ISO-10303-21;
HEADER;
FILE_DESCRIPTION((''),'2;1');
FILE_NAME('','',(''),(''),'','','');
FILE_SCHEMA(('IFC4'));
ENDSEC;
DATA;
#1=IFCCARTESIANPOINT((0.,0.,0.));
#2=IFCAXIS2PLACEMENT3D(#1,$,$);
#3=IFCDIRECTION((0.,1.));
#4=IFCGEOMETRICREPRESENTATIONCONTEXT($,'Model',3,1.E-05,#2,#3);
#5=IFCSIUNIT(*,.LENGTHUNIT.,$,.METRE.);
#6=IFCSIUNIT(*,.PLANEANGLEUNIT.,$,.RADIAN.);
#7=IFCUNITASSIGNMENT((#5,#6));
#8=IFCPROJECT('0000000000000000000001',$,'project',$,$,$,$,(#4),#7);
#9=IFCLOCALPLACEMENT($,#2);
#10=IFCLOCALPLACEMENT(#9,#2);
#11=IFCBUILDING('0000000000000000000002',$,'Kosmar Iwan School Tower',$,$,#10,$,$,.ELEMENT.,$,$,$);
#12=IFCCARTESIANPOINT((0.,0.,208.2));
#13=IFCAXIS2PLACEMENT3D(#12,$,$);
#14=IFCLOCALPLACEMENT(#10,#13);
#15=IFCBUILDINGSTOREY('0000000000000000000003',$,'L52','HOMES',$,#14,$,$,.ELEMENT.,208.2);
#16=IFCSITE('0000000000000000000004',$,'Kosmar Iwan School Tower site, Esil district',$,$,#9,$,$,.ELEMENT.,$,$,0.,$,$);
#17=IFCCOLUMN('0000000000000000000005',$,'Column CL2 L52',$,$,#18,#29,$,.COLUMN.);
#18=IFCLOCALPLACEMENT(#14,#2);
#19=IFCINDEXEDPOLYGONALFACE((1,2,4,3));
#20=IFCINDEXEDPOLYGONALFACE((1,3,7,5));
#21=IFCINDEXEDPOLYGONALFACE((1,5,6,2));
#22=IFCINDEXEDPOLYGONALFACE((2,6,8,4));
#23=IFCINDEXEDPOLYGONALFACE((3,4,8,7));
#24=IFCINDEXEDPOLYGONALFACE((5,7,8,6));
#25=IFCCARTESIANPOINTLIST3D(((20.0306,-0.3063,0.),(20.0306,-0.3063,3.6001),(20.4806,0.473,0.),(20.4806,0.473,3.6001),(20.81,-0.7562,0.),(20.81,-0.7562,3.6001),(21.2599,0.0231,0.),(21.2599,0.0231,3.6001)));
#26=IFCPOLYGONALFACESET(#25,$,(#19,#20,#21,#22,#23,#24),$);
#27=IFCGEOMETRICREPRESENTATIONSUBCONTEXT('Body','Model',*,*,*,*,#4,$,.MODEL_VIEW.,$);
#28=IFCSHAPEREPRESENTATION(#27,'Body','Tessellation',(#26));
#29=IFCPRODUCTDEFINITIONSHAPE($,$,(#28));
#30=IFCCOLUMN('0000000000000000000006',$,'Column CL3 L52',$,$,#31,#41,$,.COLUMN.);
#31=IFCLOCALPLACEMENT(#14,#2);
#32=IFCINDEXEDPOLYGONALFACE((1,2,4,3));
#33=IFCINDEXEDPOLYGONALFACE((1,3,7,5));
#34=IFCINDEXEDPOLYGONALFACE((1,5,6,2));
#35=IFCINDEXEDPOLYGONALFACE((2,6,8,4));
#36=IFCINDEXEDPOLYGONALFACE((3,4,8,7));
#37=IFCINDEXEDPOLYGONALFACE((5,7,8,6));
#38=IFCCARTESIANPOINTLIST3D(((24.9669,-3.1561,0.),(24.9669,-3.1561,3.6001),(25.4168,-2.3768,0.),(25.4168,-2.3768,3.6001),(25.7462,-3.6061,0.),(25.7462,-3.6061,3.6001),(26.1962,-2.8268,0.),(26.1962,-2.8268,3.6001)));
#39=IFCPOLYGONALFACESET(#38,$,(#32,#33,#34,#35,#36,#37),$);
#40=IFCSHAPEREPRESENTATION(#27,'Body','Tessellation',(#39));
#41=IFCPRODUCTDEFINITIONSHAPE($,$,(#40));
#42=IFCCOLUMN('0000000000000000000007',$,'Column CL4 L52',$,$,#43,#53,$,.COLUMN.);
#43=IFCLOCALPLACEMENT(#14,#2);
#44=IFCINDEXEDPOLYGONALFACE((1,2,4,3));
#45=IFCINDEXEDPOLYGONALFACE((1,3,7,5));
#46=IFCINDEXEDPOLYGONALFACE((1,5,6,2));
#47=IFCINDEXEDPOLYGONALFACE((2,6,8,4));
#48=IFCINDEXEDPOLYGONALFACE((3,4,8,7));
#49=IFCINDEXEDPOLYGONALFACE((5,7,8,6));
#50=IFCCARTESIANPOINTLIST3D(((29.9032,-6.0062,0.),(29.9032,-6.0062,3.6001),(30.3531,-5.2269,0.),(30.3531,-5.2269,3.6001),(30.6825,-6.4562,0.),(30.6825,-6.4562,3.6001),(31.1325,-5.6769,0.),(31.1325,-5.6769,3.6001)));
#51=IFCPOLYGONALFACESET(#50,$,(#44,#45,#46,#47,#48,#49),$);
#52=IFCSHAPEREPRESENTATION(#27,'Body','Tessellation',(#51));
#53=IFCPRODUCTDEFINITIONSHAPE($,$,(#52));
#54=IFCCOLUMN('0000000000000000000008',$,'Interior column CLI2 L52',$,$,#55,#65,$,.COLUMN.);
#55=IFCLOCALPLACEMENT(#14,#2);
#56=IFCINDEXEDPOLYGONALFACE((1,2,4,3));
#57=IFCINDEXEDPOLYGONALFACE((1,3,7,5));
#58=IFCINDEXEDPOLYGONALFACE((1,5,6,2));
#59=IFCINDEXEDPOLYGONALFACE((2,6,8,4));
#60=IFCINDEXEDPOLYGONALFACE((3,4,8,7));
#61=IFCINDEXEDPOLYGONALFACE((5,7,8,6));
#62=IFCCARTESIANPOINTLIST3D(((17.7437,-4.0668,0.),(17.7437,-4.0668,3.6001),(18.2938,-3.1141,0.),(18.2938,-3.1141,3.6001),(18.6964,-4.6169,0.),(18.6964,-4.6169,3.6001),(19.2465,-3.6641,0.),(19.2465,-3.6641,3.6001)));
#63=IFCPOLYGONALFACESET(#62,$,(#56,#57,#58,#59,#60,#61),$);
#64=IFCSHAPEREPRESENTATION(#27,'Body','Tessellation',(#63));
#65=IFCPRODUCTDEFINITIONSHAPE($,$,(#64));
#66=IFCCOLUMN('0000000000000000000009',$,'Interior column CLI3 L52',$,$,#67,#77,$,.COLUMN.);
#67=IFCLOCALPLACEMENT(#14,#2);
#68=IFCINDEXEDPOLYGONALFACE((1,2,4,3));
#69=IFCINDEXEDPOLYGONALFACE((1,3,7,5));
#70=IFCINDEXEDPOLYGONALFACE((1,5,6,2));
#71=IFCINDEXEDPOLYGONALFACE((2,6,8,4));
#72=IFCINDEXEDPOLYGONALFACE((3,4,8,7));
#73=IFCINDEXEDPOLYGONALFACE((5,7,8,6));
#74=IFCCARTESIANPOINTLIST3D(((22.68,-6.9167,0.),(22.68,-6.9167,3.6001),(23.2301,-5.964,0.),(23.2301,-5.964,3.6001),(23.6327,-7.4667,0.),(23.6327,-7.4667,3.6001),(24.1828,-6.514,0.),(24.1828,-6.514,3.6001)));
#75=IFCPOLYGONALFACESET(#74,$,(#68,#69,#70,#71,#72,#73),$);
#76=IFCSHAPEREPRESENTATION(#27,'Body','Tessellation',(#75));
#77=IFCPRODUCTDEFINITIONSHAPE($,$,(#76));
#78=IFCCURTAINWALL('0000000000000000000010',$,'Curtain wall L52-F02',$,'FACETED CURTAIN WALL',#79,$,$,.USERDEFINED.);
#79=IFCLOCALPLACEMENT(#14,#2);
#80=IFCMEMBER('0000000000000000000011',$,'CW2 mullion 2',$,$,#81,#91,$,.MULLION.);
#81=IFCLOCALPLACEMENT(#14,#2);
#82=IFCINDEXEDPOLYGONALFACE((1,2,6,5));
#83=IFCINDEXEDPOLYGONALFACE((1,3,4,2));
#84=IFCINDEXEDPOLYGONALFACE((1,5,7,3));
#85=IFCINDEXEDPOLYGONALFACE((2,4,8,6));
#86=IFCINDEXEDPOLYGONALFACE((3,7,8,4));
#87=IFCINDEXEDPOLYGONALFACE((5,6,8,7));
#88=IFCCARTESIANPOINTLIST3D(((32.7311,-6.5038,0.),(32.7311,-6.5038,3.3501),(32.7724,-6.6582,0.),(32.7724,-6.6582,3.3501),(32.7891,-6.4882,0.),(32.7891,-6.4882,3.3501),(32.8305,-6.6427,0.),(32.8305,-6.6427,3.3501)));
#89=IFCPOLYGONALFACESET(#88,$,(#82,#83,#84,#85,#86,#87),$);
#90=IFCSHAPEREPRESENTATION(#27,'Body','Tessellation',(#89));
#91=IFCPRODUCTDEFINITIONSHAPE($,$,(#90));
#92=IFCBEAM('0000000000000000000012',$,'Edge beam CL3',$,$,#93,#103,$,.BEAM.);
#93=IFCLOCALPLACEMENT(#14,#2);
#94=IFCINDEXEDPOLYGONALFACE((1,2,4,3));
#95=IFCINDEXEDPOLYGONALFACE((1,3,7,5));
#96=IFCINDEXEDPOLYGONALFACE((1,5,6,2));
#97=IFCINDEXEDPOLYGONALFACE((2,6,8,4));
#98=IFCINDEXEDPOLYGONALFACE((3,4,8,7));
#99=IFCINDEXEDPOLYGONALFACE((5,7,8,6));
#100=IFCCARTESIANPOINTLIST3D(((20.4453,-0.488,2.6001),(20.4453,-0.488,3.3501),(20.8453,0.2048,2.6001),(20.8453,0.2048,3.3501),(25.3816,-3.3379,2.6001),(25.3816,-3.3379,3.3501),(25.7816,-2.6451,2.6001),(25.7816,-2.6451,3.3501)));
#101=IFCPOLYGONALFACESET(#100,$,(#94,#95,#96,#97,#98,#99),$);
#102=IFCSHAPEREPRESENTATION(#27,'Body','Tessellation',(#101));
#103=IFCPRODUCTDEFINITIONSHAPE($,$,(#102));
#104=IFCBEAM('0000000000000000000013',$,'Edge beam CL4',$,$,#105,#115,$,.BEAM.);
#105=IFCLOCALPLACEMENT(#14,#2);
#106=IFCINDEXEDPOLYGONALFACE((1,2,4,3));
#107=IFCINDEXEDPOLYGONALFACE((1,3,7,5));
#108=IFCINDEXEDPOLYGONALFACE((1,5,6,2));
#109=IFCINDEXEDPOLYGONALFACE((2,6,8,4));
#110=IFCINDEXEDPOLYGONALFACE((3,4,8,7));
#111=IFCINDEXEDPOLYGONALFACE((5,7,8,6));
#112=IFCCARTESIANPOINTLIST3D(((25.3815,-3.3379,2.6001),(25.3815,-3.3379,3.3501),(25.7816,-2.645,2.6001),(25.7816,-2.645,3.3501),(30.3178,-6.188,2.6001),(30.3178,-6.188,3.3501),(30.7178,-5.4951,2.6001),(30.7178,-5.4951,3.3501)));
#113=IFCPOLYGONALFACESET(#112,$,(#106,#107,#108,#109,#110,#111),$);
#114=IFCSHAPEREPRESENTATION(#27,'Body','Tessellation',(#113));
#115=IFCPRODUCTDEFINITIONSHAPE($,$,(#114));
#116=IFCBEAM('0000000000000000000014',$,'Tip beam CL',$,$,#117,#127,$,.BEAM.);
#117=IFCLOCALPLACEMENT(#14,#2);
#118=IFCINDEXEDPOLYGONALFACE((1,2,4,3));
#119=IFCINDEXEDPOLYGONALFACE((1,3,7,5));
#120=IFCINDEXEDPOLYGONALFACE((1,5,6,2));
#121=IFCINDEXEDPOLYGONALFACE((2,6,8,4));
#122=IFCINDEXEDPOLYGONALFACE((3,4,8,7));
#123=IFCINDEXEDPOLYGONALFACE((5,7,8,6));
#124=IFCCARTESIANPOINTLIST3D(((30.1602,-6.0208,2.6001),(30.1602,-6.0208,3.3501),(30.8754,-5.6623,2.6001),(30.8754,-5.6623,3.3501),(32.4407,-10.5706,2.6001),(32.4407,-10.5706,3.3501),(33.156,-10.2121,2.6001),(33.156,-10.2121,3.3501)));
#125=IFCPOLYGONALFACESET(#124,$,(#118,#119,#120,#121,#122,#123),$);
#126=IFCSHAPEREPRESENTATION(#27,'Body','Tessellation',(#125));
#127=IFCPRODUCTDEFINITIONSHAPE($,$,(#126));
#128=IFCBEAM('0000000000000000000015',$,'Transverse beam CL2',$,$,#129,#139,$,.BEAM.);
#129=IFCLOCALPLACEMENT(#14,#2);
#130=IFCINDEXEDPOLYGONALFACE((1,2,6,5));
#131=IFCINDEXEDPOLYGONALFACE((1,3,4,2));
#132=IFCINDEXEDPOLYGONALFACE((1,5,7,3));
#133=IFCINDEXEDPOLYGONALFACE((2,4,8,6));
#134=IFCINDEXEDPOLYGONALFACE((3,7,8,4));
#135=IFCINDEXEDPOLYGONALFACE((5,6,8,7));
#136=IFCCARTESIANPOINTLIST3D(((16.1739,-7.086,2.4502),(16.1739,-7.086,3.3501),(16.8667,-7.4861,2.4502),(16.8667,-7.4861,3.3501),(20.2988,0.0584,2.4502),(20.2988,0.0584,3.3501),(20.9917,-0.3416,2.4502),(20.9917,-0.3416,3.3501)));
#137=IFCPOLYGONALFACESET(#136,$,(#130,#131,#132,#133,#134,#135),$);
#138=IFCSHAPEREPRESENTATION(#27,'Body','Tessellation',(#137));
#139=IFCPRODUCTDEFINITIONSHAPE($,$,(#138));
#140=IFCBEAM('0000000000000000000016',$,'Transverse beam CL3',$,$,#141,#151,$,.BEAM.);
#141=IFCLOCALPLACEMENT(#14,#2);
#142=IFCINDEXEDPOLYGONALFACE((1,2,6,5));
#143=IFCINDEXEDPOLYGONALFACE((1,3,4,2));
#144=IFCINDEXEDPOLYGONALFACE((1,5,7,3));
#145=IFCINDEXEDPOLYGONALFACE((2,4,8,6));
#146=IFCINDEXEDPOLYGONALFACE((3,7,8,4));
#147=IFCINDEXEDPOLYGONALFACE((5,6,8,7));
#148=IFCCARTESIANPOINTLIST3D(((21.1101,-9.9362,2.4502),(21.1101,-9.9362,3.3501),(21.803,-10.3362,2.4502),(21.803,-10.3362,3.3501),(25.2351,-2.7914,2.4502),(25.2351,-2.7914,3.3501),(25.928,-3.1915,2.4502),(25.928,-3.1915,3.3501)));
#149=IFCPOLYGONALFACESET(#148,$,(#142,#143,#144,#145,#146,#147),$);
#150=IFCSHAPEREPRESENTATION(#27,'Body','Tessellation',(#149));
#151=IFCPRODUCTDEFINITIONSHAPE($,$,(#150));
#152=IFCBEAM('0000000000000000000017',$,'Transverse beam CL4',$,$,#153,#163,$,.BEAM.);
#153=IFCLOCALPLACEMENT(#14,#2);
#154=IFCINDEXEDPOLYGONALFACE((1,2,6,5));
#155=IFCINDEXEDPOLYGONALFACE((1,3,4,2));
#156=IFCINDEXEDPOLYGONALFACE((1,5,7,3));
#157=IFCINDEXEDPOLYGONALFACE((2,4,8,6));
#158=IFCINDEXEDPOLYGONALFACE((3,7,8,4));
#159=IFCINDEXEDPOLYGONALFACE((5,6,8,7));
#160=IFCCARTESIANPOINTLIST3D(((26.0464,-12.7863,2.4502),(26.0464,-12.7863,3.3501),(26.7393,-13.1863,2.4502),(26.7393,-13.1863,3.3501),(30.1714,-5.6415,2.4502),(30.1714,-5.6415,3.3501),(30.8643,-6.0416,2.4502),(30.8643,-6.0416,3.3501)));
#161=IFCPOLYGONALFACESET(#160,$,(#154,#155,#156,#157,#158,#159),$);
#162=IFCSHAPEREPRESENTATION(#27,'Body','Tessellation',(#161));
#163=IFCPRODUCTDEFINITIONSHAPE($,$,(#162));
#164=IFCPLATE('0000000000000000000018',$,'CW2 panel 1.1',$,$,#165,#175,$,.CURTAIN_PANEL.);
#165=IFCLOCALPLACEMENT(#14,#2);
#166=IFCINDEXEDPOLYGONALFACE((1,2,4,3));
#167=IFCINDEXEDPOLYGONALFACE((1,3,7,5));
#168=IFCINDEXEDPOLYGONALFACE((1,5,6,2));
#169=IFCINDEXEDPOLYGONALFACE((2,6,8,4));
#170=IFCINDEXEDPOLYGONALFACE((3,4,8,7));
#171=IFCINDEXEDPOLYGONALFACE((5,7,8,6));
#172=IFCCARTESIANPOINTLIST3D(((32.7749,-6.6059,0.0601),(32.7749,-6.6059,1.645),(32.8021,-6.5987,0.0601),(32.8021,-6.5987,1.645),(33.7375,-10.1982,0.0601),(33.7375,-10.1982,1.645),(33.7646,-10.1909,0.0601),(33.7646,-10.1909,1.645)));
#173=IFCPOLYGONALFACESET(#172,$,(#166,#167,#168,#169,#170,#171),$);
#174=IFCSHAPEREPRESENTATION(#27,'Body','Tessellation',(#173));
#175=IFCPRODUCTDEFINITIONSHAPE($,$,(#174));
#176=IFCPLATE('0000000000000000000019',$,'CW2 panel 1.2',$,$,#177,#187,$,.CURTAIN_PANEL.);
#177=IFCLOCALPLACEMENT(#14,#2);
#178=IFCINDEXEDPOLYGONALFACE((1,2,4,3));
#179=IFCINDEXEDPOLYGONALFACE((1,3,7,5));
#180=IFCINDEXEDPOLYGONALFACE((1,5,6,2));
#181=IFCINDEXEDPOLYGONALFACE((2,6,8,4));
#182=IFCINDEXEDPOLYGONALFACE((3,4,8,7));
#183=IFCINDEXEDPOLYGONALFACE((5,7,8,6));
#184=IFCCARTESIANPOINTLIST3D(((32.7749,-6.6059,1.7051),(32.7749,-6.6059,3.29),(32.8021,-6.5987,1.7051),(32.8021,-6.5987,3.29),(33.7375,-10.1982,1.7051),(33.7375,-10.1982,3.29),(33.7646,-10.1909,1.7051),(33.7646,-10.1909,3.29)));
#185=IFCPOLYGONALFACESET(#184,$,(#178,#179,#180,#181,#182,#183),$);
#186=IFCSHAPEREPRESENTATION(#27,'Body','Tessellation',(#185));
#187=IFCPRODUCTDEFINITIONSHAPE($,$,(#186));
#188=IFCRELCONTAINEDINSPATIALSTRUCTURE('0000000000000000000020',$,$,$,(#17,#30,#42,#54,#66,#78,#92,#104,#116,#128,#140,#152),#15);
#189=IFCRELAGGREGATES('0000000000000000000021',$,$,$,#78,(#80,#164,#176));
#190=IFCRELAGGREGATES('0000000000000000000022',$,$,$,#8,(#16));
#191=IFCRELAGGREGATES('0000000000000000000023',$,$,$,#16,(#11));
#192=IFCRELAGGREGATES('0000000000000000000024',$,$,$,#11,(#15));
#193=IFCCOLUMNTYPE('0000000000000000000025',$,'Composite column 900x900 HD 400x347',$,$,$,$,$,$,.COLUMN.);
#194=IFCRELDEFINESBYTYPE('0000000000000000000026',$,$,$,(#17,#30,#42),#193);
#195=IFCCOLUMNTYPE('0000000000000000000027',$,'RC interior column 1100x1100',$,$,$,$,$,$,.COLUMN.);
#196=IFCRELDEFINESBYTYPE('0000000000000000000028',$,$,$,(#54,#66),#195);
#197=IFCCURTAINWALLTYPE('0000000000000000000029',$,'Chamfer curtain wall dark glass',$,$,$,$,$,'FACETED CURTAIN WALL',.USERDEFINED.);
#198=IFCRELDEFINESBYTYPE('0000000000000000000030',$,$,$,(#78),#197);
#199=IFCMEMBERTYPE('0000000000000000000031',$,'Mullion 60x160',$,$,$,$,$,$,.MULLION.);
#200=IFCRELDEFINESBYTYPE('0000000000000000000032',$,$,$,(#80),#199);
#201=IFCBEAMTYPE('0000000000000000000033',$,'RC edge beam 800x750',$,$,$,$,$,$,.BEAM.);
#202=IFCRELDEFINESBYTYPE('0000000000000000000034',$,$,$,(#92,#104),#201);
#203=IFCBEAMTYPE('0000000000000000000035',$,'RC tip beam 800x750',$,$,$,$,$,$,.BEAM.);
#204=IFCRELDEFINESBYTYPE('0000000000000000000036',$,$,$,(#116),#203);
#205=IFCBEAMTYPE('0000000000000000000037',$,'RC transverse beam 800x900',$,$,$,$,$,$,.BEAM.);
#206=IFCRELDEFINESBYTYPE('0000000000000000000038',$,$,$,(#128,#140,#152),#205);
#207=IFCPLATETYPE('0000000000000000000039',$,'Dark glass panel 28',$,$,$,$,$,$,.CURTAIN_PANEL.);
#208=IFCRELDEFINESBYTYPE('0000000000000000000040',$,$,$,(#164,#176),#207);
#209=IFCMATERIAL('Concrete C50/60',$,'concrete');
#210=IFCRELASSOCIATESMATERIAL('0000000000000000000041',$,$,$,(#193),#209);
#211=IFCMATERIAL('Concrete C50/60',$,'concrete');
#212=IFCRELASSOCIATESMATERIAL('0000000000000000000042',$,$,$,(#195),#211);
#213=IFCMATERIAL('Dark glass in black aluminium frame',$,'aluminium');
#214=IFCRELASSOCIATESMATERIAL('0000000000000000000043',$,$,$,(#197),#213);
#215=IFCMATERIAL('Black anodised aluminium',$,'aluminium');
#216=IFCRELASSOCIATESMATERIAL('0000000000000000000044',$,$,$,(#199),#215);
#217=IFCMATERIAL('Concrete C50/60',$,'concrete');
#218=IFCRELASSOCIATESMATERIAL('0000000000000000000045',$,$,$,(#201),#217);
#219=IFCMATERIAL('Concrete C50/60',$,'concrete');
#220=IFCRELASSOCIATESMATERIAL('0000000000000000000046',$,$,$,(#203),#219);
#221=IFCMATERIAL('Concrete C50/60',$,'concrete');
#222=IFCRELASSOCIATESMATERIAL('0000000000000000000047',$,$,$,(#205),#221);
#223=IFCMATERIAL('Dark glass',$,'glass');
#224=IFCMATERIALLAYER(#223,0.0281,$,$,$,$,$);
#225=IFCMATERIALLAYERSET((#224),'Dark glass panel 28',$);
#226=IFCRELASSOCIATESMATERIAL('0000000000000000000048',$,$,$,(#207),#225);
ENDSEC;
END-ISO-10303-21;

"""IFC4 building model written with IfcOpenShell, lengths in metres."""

from ifc_helpers import new_model, si_unit, direction, frame, origin, origin_2d, place, context, subcontext, project, spatial, rectangle, extrude, material, layer, layer_set, material_profile, profile_set, type_object, element, aggregate, save


model = new_model("IFC4")

# Units and contexts
model_context = context("Model", 3, precision=1e-05, world=origin(), true_north=direction((0.0, 1.0)))
body_context = subcontext(model_context, "Body", "Model", "MODEL_VIEW")
ifc_project = project(units=[si_unit("LENGTHUNIT", "METRE"), si_unit("PLANEANGLEUNIT", "RADIAN")], contexts=[model_context])

# Site, building, storey
site_placement = place(None, origin())
site = spatial("IfcSite", under=ifc_project, at=site_placement, Name="Kosmar Iwan School Tower site, Esil district", CompositionType="ELEMENT", RefElevation=0.0)
building_placement = place(site_placement, origin())
building = spatial("IfcBuilding", under=site, at=building_placement, Name="Kosmar Iwan School Tower", CompositionType="ELEMENT")
storey_placement = place(building_placement, frame((0.0, 0.0, 208.2)))
storey = spatial("IfcBuildingStorey", under=building, at=storey_placement, Name="L52", Description="HOMES", CompositionType="ELEMENT", Elevation=208.2)

# Columns
ifc_material_1 = material(Name="Concrete C50/60", Category="concrete")
ifc_material_profile_1 = material_profile(ifc_material_1, rectangle(XDim=0.8999, YDim=0.8999, at=origin_2d()), Name="RC 900x900 + HD 400x347")
ifc_profile_set_1 = profile_set([ifc_material_profile_1], Name="Concrete C50/60")
column_type_1 = type_object("IfcColumnType", Name="Composite column 900x900 HD 400x347", PredefinedType="COLUMN", material=ifc_profile_set_1)
for number, where, z_axis, x_axis, name in (
    (1, (20.6453, -0.1416, 0.0), (0.0, 0.0, 1.0), (0.866025, -0.5, 0.0), "Column CL2 L52"),
    (2, (25.5815, -2.9915, 0.0), (0.0, 0.0, 1.0), (0.866025, -0.5, 0.0), "Column CL3 L52"),
    (3, (30.5178, -5.8416, 0.0), (0.0, 0.0, 1.0), (0.866025, -0.5, 0.0), "Column CL4 L52"),
):
    element("IfcColumn", number, at=place(storey_placement, frame(where, z_axis=z_axis, x_axis=x_axis)), inside=storey, type_object=column_type_1, Name=name, PredefinedType="COLUMN", context=body_context, shape_type="SweptSolid", body=[
        extrude(rectangle(XDim=0.8999, YDim=0.8999, at=origin_2d()), origin(), (0.0, 0.0, 1.0), 3.6001),
    ])
ifc_material_2 = material(Name="Concrete C50/60", Category="concrete")
ifc_material_profile_2 = material_profile(ifc_material_2, rectangle(XDim=1.1001, YDim=1.1001, at=origin_2d()), Name="RC 1100x1100")
ifc_profile_set_2 = profile_set([ifc_material_profile_2], Name="Concrete C50/60")
column_type_2 = type_object("IfcColumnType", Name="RC interior column 1100x1100", PredefinedType="COLUMN", material=ifc_profile_set_2)
for number, where, z_axis, x_axis, name in (
    (4, (18.4951, -3.8655, 0.0), (0.0, 0.0, 1.0), (0.866025, -0.5, 0.0), "Interior column CLI2 L52"),
    (5, (23.4314, -6.7153, 0.0), (0.0, 0.0, 1.0), (0.866025, -0.5, 0.0), "Interior column CLI3 L52"),
):
    element("IfcColumn", number, at=place(storey_placement, frame(where, z_axis=z_axis, x_axis=x_axis)), inside=storey, type_object=column_type_2, Name=name, PredefinedType="COLUMN", context=body_context, shape_type="SweptSolid", body=[
        extrude(rectangle(XDim=1.1001, YDim=1.1001, at=origin_2d()), origin(), (0.0, 0.0, 1.0), 3.6001),
    ])

# Curtain wall, member
ifc_material_3 = material(Name="Dark glass in black aluminium frame", Category="aluminium")
curtain_wall_type = type_object("IfcCurtainWallType", Name="Chamfer curtain wall dark glass", ElementType="FACETED CURTAIN WALL", PredefinedType="USERDEFINED", material=ifc_material_3)
curtain_wall_placement = place(storey_placement, origin())
curtain_wall = element("IfcCurtainWall", 6, at=curtain_wall_placement, inside=storey, type_object=curtain_wall_type, Name="Curtain wall L52-F02", ObjectType="FACETED CURTAIN WALL", PredefinedType="USERDEFINED")
ifc_material_4 = material(Name="Black anodised aluminium", Category="aluminium")
ifc_material_profile_3 = material_profile(ifc_material_4, rectangle(XDim=0.0601, YDim=0.1599, at=origin_2d()), Name="MULLION 60x160")
ifc_profile_set_3 = profile_set([ifc_material_profile_3], Name="Black anodised aluminium")
member_type = type_object("IfcMemberType", Name="Mullion 60x160", PredefinedType="MULLION", material=ifc_profile_set_3)
member_placement = place(storey_placement, frame((32.7808, -6.5732, 0.0), z_axis=(0.0, 0.0, 1.0), x_axis=(-0.965926, -0.258819, 0.0)))
member = element("IfcMember", 7, at=member_placement, type_object=member_type, Name="CW2 mullion 2", PredefinedType="MULLION", context=body_context, shape_type="SweptSolid", body=[
    extrude(rectangle(XDim=0.0601, YDim=0.1599, at=origin_2d()), origin(), (0.0, 0.0, 1.0), 3.3501),
])

# Beams
ifc_material_5 = material(Name="Concrete C50/60", Category="concrete")
ifc_material_profile_4 = material_profile(ifc_material_5, rectangle(XDim=0.8, YDim=0.75, at=origin_2d()), Name="RC 800x750")
ifc_profile_set_4 = profile_set([ifc_material_profile_4], Name="Concrete C50/60")
beam_type_1 = type_object("IfcBeamType", Name="RC edge beam 800x750", PredefinedType="BEAM", material=ifc_profile_set_4)
for number, where, z_axis, x_axis, name in (
    (8, (20.6453, -0.1416, 2.9751), (0.866034, -0.499986, 0.0), (0.499986, 0.866034, 0.0), "Edge beam CL3"),
    (9, (25.5815, -2.9915, 2.9751), (0.866015, -0.500018, 0.0), (0.500018, 0.866015, 0.0), "Edge beam CL4"),
):
    element("IfcBeam", number, at=place(storey_placement, frame(where, z_axis=z_axis, x_axis=x_axis)), inside=storey, type_object=beam_type_1, Name=name, PredefinedType="BEAM", context=body_context, shape_type="SweptSolid", body=[
        extrude(rectangle(XDim=0.8, YDim=0.75, at=origin_2d()), origin(), (0.0, 0.0, 1.0), 5.7),
    ])
ifc_material_6 = material(Name="Concrete C50/60", Category="concrete")
ifc_material_profile_5 = material_profile(ifc_material_6, rectangle(XDim=0.8, YDim=0.75, at=origin_2d()), Name="RC 800x750")
ifc_profile_set_5 = profile_set([ifc_material_profile_5], Name="Concrete C50/60")
beam_type_2 = type_object("IfcBeamType", Name="RC tip beam 800x750", PredefinedType="BEAM", material=ifc_profile_set_5)
beam_1_placement = place(storey_placement, frame((30.5178, -5.8416, 2.9751), z_axis=(0.448096, -0.893985, 0.0), x_axis=(0.893985, 0.448096, 0.0)))
element("IfcBeam", 10, at=beam_1_placement, inside=storey, type_object=beam_type_2, Name="Tip beam CL", PredefinedType="BEAM", context=body_context, shape_type="SweptSolid", body=[
    extrude(rectangle(XDim=0.8, YDim=0.75, at=origin_2d()), origin(), (0.0, 0.0, 1.0), 5.0894),
])
ifc_material_7 = material(Name="Concrete C50/60", Category="concrete")
ifc_material_profile_6 = material_profile(ifc_material_7, rectangle(XDim=0.8, YDim=0.8999, at=origin_2d()), Name="RC 800x900")
ifc_profile_set_6 = profile_set([ifc_material_profile_6], Name="Concrete C50/60")
beam_type_3 = type_object("IfcBeamType", Name="RC transverse beam 800x900", PredefinedType="BEAM", material=ifc_profile_set_6)
beam_2_placement = place(storey_placement, frame((20.6453, -0.1416, 2.9001), z_axis=(-0.500009, -0.86602, 0.0), x_axis=(0.86602, -0.500009, 0.0)))
element("IfcBeam", 11, at=beam_2_placement, inside=storey, type_object=beam_type_3, Name="Transverse beam CL2", PredefinedType="BEAM", context=body_context, shape_type="SweptSolid", body=[
    extrude(rectangle(XDim=0.8, YDim=0.8999, at=origin_2d()), origin(), (0.0, 0.0, 1.0), 8.2498),
])
for number, where, z_axis, x_axis, name in (
    (12, (25.5815, -2.9915, 2.9001), (-0.499997, -0.866027, 0.0), (0.866027, -0.499997, 0.0), "Transverse beam CL3"),
    (13, (30.5178, -5.8416, 2.9001), (-0.499997, -0.866027, 0.0), (0.866027, -0.499997, 0.0), "Transverse beam CL4"),
):
    element("IfcBeam", number, at=place(storey_placement, frame(where, z_axis=z_axis, x_axis=x_axis)), inside=storey, type_object=beam_type_3, Name=name, PredefinedType="BEAM", context=body_context, shape_type="SweptSolid", body=[
        extrude(rectangle(XDim=0.8, YDim=0.8999, at=origin_2d()), origin(), (0.0, 0.0, 1.0), 8.25),
    ])

# Plates
ifc_material_8 = material(Name="Dark glass", Category="glass")
ifc_layer_1 = layer(ifc_material_8, 0.0281)
ifc_layer_set_1 = layer_set([ifc_layer_1], Name="Dark glass panel 28")
plate_type = type_object("IfcPlateType", Name="Dark glass panel 28", PredefinedType="CURTAIN_PANEL", material=ifc_layer_set_1)
plate_1_placement = place(storey_placement, frame((33.2698, -8.3984, 0.0601), z_axis=(0.0, 0.0, 1.0), x_axis=(-0.258819, 0.965926, 0.0)))
plate_1 = element("IfcPlate", 14, at=plate_1_placement, type_object=plate_type, Name="CW2 panel 1.1", PredefinedType="CURTAIN_PANEL", context=body_context, shape_type="SweptSolid", body=[
    extrude(rectangle(XDim=3.719, YDim=0.0281, at=origin_2d()), origin(), (0.0, 0.0, 1.0), 1.585),
])
plate_2_placement = place(storey_placement, frame((33.2698, -8.3984, 1.7051), z_axis=(0.0, 0.0, 1.0), x_axis=(-0.258819, 0.965926, 0.0)))
plate_2 = element("IfcPlate", 15, at=plate_2_placement, type_object=plate_type, Name="CW2 panel 1.2", PredefinedType="CURTAIN_PANEL", context=body_context, shape_type="SweptSolid", body=[
    extrude(rectangle(XDim=3.719, YDim=0.0281, at=origin_2d()), origin(), (0.0, 0.0, 1.0), 1.585),
])
aggregate(curtain_wall, [member, plate_1, plate_2])

save(model, "model.ifc")
